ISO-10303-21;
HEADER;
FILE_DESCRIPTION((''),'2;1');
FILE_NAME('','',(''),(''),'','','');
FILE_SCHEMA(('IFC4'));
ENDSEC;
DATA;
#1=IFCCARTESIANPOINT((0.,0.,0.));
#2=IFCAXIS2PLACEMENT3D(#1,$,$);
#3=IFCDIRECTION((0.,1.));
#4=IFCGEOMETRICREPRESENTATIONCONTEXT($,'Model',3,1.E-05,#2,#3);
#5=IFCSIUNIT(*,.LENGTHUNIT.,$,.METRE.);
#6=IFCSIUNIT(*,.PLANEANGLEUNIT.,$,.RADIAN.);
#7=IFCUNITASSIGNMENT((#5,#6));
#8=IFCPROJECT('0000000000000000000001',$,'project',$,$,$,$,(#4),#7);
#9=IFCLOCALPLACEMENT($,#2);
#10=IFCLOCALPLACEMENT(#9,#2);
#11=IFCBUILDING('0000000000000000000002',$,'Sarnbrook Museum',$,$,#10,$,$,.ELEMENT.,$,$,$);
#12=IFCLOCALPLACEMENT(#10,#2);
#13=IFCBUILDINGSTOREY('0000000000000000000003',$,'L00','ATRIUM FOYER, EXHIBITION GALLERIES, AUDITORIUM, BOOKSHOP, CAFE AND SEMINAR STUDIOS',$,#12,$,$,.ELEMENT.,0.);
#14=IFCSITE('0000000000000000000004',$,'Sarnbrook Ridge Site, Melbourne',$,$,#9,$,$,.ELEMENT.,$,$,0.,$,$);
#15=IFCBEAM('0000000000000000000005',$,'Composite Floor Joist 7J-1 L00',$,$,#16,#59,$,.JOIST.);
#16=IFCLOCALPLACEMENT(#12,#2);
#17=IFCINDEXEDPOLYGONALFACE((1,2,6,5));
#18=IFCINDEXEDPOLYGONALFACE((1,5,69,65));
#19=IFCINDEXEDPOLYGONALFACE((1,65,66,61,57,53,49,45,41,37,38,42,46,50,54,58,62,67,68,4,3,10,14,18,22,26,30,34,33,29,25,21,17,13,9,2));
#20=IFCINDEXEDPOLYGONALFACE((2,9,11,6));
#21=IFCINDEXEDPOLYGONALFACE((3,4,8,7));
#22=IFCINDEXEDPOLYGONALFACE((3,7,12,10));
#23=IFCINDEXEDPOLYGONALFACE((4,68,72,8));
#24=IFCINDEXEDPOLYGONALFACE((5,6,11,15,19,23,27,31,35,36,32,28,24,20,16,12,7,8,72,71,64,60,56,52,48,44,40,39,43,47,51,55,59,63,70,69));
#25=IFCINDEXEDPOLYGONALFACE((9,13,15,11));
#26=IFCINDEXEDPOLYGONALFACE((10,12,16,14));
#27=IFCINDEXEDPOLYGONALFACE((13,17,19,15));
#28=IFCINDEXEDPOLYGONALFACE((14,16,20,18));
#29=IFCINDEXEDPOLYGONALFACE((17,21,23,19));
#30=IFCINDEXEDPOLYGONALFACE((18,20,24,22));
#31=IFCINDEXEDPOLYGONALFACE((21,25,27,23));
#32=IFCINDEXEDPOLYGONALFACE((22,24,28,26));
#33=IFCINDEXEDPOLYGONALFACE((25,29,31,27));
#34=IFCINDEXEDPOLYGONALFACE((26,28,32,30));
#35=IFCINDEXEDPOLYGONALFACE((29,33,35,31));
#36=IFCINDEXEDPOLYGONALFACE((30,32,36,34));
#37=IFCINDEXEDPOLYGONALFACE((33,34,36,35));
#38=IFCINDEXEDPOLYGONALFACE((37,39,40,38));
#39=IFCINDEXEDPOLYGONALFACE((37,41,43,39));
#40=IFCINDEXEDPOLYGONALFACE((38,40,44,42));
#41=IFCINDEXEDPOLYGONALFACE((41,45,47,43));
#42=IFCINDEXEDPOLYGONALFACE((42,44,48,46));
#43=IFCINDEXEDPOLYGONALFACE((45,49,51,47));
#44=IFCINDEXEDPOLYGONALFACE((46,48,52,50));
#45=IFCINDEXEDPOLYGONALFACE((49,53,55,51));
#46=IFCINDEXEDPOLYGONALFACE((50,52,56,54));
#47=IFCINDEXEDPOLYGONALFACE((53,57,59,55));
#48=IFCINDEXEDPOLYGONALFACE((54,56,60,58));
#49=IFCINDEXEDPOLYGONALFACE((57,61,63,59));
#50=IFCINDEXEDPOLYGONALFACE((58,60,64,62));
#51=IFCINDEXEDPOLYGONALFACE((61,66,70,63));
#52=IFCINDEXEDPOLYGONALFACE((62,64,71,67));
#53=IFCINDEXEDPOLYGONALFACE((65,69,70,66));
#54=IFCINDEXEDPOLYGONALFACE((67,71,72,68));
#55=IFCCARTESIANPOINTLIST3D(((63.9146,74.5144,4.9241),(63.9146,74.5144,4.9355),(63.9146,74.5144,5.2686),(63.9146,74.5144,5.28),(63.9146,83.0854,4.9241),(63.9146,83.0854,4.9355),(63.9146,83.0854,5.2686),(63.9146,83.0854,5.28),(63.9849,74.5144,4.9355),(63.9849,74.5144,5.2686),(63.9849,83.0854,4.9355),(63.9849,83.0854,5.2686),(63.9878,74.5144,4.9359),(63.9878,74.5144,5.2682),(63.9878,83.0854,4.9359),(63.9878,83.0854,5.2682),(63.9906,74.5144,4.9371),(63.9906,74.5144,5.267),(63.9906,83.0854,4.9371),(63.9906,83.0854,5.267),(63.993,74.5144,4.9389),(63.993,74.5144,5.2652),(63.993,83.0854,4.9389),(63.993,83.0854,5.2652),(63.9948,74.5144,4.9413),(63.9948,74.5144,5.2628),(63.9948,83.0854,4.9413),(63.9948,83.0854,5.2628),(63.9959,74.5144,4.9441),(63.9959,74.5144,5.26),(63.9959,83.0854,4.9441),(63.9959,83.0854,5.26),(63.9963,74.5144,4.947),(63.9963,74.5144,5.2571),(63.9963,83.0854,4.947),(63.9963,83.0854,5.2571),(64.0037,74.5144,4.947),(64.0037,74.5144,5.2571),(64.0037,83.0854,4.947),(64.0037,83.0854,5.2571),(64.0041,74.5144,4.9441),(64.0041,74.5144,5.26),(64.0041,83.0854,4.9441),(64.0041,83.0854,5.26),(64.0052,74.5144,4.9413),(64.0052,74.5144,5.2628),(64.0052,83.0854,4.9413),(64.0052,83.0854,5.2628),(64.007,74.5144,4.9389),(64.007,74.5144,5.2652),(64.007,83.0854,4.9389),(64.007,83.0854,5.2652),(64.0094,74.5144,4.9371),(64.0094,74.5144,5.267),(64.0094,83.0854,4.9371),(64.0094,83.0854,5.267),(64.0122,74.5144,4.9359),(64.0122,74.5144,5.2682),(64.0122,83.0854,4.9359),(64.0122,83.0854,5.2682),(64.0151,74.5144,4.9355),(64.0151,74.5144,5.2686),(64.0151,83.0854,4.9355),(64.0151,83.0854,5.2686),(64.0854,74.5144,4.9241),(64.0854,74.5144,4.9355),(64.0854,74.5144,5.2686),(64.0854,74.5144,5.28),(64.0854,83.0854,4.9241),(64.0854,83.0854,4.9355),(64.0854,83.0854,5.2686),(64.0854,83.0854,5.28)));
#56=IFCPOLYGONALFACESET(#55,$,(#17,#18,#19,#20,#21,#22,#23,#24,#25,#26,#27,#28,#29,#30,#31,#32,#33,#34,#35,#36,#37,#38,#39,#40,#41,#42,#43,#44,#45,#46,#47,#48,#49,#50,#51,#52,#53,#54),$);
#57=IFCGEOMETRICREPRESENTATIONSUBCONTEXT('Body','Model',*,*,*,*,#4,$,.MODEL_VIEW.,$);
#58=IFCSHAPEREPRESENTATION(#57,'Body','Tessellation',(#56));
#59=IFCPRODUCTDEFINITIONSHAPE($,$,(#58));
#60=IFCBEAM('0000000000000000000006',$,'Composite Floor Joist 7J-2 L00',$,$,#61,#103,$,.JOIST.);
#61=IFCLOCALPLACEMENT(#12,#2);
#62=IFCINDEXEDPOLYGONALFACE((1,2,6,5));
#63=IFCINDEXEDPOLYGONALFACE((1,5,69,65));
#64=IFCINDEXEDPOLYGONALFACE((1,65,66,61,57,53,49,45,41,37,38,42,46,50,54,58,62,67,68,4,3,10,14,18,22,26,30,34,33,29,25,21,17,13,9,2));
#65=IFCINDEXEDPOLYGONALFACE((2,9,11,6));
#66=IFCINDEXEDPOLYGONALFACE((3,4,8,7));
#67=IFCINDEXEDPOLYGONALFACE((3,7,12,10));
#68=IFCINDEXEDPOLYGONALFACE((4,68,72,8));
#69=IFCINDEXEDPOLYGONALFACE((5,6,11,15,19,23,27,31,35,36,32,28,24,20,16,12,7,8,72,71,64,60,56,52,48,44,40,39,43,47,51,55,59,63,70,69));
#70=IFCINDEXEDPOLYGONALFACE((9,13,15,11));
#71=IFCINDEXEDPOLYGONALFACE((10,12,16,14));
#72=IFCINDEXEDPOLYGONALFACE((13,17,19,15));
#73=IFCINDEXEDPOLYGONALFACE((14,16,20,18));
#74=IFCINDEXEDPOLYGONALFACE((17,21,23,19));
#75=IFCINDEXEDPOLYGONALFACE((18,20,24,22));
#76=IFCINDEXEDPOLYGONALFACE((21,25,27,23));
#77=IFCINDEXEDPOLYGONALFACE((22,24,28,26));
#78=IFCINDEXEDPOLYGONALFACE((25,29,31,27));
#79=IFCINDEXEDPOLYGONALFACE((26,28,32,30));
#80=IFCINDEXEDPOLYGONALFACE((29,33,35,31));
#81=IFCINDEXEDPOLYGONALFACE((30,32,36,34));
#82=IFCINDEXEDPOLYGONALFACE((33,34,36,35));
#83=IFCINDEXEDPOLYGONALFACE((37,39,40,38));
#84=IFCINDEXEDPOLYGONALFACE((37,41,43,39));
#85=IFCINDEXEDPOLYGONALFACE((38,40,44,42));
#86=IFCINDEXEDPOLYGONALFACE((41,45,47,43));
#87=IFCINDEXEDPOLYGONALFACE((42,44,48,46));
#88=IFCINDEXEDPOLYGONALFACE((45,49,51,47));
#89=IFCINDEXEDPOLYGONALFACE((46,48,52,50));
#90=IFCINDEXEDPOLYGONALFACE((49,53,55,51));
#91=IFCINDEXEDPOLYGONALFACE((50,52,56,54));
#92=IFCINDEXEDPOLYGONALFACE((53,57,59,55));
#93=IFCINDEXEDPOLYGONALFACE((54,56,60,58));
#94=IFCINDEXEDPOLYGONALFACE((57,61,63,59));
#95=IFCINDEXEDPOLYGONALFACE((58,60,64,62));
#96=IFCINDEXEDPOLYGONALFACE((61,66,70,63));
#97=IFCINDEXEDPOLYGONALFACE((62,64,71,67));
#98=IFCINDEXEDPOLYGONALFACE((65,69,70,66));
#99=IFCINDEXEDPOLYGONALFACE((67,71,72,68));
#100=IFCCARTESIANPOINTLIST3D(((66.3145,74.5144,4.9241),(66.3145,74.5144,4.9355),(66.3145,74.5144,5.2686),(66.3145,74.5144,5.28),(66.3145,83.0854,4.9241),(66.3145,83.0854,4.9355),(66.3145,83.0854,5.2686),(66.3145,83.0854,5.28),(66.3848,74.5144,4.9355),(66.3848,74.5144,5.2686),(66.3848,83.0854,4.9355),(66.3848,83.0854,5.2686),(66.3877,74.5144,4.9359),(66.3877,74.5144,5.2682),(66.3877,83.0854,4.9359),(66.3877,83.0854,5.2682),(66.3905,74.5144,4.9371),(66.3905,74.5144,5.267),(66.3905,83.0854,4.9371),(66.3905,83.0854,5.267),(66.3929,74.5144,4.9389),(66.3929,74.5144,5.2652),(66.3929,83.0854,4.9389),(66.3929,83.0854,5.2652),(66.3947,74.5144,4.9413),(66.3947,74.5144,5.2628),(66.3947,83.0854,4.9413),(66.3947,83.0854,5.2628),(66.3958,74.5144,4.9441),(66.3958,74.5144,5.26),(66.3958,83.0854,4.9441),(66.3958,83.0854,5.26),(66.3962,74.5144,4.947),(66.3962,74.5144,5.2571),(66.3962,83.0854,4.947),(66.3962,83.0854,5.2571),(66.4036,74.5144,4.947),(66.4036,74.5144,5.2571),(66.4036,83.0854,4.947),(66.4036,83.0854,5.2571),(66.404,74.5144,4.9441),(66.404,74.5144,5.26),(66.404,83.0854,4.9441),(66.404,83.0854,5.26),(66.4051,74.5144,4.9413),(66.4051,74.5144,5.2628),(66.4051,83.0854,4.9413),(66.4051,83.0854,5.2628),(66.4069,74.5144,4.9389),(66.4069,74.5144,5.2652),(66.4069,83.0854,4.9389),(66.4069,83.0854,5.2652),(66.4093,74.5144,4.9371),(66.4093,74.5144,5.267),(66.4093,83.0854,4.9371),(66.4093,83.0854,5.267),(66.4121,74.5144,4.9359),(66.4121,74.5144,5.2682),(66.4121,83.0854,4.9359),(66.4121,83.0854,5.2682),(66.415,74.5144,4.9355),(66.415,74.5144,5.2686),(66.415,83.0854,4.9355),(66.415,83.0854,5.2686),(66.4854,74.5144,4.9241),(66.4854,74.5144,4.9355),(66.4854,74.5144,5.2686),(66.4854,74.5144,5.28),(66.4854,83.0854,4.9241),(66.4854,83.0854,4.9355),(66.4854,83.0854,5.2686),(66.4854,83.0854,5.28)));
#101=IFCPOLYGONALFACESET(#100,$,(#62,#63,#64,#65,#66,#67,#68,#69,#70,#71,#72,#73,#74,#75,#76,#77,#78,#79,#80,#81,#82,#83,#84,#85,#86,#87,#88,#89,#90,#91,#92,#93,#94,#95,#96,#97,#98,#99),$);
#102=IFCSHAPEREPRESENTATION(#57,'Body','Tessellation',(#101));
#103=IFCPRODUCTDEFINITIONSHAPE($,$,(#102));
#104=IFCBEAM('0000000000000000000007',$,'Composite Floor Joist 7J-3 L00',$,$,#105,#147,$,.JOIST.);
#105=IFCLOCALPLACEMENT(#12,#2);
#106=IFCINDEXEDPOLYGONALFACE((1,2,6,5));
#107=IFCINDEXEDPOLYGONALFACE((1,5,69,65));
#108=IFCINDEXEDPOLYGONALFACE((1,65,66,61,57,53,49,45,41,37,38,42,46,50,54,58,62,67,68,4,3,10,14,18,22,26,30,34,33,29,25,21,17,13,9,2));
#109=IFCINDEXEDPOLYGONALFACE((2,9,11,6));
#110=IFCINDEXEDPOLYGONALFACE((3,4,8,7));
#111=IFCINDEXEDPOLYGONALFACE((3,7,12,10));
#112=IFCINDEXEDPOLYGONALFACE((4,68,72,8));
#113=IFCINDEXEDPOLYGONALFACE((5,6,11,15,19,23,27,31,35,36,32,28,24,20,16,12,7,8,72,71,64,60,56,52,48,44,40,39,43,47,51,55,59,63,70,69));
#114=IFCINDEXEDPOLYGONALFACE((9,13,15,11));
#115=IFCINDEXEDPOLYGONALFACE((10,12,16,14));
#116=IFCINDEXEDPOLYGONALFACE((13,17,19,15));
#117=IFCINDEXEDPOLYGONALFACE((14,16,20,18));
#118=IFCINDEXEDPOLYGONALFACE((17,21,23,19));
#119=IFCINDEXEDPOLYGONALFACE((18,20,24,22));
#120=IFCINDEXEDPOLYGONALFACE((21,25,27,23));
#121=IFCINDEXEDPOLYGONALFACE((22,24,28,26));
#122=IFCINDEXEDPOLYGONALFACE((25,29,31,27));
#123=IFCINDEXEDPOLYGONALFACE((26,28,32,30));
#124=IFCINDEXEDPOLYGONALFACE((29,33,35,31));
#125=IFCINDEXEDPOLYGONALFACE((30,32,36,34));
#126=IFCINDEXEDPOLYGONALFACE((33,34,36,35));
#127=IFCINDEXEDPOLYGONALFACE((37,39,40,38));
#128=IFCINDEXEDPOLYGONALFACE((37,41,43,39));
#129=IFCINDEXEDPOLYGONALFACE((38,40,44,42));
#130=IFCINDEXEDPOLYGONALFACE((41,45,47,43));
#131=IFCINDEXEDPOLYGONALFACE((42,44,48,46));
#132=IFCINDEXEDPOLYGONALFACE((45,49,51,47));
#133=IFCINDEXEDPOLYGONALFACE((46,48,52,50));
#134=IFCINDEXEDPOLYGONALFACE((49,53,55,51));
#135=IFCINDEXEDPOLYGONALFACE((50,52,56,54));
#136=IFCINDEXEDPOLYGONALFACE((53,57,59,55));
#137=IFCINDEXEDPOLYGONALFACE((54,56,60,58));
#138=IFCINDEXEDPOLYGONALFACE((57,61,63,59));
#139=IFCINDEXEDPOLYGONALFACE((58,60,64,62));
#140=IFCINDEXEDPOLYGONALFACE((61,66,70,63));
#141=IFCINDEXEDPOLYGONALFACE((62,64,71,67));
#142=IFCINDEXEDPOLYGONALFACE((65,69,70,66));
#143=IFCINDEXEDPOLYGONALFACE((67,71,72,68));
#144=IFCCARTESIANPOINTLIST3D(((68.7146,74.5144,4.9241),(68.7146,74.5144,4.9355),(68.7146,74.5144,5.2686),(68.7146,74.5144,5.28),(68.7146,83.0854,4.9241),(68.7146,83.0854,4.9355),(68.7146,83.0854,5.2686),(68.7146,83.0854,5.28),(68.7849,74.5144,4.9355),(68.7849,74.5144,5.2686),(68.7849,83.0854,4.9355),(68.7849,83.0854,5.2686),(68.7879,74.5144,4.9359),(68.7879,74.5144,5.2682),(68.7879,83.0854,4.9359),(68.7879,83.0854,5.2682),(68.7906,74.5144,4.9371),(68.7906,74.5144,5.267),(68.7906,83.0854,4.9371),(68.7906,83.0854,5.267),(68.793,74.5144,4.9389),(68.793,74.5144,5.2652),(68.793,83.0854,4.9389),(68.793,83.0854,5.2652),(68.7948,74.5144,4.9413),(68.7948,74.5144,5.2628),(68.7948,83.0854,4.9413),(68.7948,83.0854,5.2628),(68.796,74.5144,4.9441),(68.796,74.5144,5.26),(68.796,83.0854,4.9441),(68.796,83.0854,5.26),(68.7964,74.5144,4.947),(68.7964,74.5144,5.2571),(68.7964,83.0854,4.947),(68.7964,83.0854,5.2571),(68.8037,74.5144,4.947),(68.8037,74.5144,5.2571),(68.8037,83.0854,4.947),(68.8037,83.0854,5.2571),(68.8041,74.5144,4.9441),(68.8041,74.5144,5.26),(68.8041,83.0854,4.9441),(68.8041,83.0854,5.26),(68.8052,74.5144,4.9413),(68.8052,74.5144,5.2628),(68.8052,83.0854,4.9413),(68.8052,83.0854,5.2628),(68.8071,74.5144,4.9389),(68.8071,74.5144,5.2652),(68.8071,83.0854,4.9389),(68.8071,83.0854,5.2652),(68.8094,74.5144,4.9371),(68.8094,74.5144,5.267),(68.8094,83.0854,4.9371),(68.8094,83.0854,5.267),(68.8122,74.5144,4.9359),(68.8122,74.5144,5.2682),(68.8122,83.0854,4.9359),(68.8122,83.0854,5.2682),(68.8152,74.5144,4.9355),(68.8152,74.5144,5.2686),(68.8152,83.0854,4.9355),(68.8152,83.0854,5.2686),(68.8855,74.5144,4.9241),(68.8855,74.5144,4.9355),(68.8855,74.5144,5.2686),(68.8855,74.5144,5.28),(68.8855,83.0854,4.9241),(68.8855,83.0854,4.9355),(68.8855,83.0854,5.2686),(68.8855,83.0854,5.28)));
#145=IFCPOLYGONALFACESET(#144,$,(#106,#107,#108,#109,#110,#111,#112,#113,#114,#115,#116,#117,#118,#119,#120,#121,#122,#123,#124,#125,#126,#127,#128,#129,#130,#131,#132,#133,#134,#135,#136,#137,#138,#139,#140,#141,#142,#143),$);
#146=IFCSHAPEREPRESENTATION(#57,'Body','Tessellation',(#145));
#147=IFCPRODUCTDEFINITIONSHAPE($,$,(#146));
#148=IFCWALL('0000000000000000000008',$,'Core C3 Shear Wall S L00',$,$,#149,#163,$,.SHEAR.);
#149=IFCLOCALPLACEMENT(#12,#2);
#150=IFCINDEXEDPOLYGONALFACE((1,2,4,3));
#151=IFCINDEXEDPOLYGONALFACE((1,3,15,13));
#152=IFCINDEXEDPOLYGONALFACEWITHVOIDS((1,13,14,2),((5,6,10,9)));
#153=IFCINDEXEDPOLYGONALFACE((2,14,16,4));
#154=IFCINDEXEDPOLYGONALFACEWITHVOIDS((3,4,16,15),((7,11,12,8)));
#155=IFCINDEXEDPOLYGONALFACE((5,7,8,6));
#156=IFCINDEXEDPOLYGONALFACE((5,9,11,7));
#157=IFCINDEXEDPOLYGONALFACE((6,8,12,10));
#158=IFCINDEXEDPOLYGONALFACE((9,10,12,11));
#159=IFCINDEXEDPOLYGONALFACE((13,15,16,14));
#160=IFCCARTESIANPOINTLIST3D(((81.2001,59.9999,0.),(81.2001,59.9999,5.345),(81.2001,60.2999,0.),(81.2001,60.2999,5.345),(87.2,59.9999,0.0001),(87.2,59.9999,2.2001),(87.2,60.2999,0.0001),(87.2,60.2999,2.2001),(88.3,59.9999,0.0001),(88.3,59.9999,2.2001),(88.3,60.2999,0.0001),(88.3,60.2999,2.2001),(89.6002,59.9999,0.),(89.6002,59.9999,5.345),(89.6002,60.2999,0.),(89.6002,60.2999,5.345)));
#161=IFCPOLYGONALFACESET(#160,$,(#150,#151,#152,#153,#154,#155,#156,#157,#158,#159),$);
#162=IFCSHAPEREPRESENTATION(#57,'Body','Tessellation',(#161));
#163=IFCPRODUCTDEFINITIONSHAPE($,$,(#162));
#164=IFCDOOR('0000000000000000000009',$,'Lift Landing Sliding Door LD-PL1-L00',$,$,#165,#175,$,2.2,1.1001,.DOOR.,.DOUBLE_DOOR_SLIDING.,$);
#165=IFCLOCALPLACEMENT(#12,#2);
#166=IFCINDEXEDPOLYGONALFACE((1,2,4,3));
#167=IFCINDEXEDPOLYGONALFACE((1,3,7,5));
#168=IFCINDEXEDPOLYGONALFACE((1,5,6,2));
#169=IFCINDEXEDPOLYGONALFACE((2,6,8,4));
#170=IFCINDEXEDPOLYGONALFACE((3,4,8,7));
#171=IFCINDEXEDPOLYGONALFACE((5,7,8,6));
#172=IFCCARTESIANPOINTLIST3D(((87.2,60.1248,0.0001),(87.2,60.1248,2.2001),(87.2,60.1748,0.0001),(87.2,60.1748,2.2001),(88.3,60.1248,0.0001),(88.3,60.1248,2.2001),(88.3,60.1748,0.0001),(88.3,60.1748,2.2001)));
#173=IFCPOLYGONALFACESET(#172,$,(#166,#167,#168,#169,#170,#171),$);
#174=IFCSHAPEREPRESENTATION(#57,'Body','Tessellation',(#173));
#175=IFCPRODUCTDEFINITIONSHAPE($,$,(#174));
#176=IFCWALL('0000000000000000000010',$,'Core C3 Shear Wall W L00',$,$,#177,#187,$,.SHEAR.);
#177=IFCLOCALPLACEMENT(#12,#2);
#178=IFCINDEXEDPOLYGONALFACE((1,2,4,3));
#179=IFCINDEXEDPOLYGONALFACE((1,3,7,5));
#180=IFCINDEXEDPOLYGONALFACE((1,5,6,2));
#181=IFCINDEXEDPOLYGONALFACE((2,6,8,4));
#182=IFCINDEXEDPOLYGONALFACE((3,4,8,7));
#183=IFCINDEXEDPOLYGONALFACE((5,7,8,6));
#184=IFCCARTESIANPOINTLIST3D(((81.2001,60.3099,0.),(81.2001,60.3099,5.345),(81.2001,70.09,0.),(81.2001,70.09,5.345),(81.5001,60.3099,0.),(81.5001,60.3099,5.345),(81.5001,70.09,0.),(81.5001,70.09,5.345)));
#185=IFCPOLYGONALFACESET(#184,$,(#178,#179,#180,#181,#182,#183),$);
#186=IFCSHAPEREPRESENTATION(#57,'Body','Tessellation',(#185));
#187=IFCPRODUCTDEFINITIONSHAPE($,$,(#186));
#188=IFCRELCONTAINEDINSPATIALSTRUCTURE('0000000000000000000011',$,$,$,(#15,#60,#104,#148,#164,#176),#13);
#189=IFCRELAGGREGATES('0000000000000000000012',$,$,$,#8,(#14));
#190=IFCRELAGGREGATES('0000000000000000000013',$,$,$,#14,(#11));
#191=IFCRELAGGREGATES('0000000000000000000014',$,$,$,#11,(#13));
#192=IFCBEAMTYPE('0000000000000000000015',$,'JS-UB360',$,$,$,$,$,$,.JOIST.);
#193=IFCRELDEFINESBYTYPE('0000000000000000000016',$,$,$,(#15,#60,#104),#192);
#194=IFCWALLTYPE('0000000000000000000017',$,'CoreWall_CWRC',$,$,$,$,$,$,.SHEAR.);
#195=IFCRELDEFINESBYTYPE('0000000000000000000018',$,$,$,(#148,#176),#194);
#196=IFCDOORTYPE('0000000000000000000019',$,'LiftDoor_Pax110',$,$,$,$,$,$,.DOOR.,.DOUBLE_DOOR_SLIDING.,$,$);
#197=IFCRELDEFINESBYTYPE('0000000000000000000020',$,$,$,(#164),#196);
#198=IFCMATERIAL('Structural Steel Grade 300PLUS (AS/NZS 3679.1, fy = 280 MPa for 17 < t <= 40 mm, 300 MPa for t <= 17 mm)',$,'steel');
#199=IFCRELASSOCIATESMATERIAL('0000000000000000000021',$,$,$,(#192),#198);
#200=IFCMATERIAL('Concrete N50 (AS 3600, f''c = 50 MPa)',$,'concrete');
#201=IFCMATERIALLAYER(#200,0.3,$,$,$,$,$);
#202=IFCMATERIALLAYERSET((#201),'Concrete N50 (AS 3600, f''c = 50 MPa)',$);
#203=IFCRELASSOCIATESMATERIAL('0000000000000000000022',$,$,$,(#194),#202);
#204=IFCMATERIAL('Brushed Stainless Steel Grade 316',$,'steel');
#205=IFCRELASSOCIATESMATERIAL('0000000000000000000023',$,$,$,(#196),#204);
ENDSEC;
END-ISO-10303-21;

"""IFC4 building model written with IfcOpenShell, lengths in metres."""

from ifc_helpers import new_model, si_unit, direction, frame, frame_2d, origin, origin_2d, place, context, subcontext, project, spatial, rectangle, i_section, extrude, material, layer, layer_set, material_profile, profile_set, type_object, element, fill, save


model = new_model("IFC4")

# Units and contexts
model_context = context("Model", 3, precision=1e-05, world=origin(), true_north=direction((0.0, 1.0)))
body_context = subcontext(model_context, "Body", "Model", "MODEL_VIEW")
ifc_project = project(units=[si_unit("LENGTHUNIT", "METRE"), si_unit("PLANEANGLEUNIT", "RADIAN")], contexts=[model_context])

# Site, building, storey
site_placement = place(None, origin())
site = spatial("IfcSite", under=ifc_project, at=site_placement, Name="Sarnbrook Ridge Site, Melbourne", CompositionType="ELEMENT", RefElevation=0.0)
building_placement = place(site_placement, origin())
building = spatial("IfcBuilding", under=site, at=building_placement, Name="Sarnbrook Museum", CompositionType="ELEMENT")
storey_placement = place(building_placement, origin())
storey = spatial("IfcBuildingStorey", under=building, at=storey_placement, Name="L00", Description="ATRIUM FOYER, EXHIBITION GALLERIES, AUDITORIUM, BOOKSHOP, CAFE AND SEMINAR STUDIOS", CompositionType="ELEMENT", Elevation=0.0)

# Beams
ifc_material_1 = material(Name="Structural Steel Grade 300PLUS (AS/NZS 3679.1, fy = 280 MPa for 17 < t <= 40 mm, 300 MPa for t <= 17 mm)", Category="steel")
ifc_material_profile_1 = material_profile(ifc_material_1, i_section(OverallWidth=0.1709, OverallDepth=0.356, WebThickness=0.0073, FlangeThickness=0.0115, FilletRadius=0.0115, at=origin_2d()), Name="360UB50.7")
ifc_profile_set_1 = profile_set([ifc_material_profile_1], Name="Structural Steel Grade 300PLUS (AS/NZS 3679.1, fy = 280 MPa for 17 < t <= 40 mm, 300 MPa for t <= 17 mm)")
beam_type_1 = type_object("IfcBeamType", Name="JS-UB360", PredefinedType="JOIST", material=ifc_profile_set_1)
for number, where, z_axis, x_axis, name in (
    (1, (64.0, 74.5144, 5.1021), (0.0, 1.0, 0.0), (-1.0, 0.0, 0.0), "Composite Floor Joist 7J-1 L00"),
    (2, (66.3999, 74.5144, 5.1021), (0.0, 1.0, 0.0), (-1.0, 0.0, 0.0), "Composite Floor Joist 7J-2 L00"),
    (3, (68.8, 74.5144, 5.1021), (0.0, 1.0, 0.0), (-1.0, 0.0, 0.0), "Composite Floor Joist 7J-3 L00"),
):
    element("IfcBeam", number, at=place(storey_placement, frame(where, z_axis=z_axis, x_axis=x_axis)), inside=storey, type_object=beam_type_1, Name=name, PredefinedType="JOIST", context=body_context, shape_type="SweptSolid", body=[
        extrude(i_section(OverallWidth=0.1709, OverallDepth=0.356, WebThickness=0.0073, FlangeThickness=0.0115, FilletRadius=0.0115, at=origin_2d()), origin(), (0.0, 0.0, 1.0), 8.571),
    ])

# Wall, opening, door
ifc_material_2 = material(Name="Concrete N50 (AS 3600, f'c = 50 MPa)", Category="concrete")
ifc_layer_1 = layer(ifc_material_2, 0.3)
ifc_layer_set_1 = layer_set([ifc_layer_1], Name="Concrete N50 (AS 3600, f'c = 50 MPa)")
wall_type_1 = type_object("IfcWallType", Name="CoreWall_CWRC", PredefinedType="SHEAR", material=ifc_layer_set_1)
wall_1_placement = place(storey_placement, frame((81.2, 60.1499, 0.0), z_axis=(0.0, 0.0, 1.0), x_axis=(1.0, 0.0, 0.0)))
wall_1 = element("IfcWall", 4, at=wall_1_placement, inside=storey, type_object=wall_type_1, Name="Core C3 Shear Wall S L00", PredefinedType="SHEAR", context=body_context, shape_type="SweptSolid", body=[
    extrude(rectangle(XDim=8.4001, YDim=0.3, at=frame_2d((4.2002, 0.0))), origin(), (0.0, 0.0, 1.0), 5.345),
])
opening_1_placement = place(wall_1_placement, frame((6.0, 0.0, 0.0)))
opening_1 = element("IfcOpeningElement", 5, at=opening_1_placement, cuts=wall_1, PredefinedType="OPENING", context=body_context, shape_type="SweptSolid", body=[
    extrude(rectangle(XDim=1.1001, YDim=2.2, at=frame_2d((0.55, 1.1001))), frame((0.0, 0.1602, 0.0), z_axis=(0.0, -1.0, 0.0), x_axis=(1.0, 0.0, 0.0)), (0.0, 0.0, 1.0), 0.3201),
])
ifc_material_3 = material(Name="Brushed Stainless Steel Grade 316", Category="steel")
door_type_1 = type_object("IfcDoorType", Name="LiftDoor_Pax110", OperationType="DOUBLE_DOOR_SLIDING", PredefinedType="DOOR", material=ifc_material_3)
door_1_placement = place(opening_1_placement, origin())
door_1 = element("IfcDoor", 6, at=door_1_placement, inside=storey, type_object=door_type_1, Name="Lift Landing Sliding Door LD-PL1-L00", OperationType="DOUBLE_DOOR_SLIDING", OverallHeight=2.2, OverallWidth=1.1001, PredefinedType="DOOR", context=body_context, shape_type="SweptSolid", body=[
    extrude(rectangle(XDim=1.1001, YDim=2.2, at=frame_2d((0.55, 1.1001))), frame((0.0, 0.0249, 0.0), z_axis=(0.0, -1.0, 0.0), x_axis=(1.0, 0.0, 0.0)), (0.0, 0.0, 1.0), 0.05),
])
fill(opening_1, door_1)

# Wall
wall_2_placement = place(storey_placement, frame((81.3501, 70.0901, 0.0), z_axis=(0.0, 0.0, 1.0), x_axis=(0.0, -1.0, 0.0)))
element("IfcWall", 7, at=wall_2_placement, inside=storey, type_object=wall_type_1, Name="Core C3 Shear Wall W L00", PredefinedType="SHEAR", context=body_context, shape_type="SweptSolid", body=[
    extrude(rectangle(XDim=9.78, YDim=0.3, at=frame_2d((4.8901, 0.0))), origin(), (0.0, 0.0, 1.0), 5.345),
])

save(model, "model.ifc")
